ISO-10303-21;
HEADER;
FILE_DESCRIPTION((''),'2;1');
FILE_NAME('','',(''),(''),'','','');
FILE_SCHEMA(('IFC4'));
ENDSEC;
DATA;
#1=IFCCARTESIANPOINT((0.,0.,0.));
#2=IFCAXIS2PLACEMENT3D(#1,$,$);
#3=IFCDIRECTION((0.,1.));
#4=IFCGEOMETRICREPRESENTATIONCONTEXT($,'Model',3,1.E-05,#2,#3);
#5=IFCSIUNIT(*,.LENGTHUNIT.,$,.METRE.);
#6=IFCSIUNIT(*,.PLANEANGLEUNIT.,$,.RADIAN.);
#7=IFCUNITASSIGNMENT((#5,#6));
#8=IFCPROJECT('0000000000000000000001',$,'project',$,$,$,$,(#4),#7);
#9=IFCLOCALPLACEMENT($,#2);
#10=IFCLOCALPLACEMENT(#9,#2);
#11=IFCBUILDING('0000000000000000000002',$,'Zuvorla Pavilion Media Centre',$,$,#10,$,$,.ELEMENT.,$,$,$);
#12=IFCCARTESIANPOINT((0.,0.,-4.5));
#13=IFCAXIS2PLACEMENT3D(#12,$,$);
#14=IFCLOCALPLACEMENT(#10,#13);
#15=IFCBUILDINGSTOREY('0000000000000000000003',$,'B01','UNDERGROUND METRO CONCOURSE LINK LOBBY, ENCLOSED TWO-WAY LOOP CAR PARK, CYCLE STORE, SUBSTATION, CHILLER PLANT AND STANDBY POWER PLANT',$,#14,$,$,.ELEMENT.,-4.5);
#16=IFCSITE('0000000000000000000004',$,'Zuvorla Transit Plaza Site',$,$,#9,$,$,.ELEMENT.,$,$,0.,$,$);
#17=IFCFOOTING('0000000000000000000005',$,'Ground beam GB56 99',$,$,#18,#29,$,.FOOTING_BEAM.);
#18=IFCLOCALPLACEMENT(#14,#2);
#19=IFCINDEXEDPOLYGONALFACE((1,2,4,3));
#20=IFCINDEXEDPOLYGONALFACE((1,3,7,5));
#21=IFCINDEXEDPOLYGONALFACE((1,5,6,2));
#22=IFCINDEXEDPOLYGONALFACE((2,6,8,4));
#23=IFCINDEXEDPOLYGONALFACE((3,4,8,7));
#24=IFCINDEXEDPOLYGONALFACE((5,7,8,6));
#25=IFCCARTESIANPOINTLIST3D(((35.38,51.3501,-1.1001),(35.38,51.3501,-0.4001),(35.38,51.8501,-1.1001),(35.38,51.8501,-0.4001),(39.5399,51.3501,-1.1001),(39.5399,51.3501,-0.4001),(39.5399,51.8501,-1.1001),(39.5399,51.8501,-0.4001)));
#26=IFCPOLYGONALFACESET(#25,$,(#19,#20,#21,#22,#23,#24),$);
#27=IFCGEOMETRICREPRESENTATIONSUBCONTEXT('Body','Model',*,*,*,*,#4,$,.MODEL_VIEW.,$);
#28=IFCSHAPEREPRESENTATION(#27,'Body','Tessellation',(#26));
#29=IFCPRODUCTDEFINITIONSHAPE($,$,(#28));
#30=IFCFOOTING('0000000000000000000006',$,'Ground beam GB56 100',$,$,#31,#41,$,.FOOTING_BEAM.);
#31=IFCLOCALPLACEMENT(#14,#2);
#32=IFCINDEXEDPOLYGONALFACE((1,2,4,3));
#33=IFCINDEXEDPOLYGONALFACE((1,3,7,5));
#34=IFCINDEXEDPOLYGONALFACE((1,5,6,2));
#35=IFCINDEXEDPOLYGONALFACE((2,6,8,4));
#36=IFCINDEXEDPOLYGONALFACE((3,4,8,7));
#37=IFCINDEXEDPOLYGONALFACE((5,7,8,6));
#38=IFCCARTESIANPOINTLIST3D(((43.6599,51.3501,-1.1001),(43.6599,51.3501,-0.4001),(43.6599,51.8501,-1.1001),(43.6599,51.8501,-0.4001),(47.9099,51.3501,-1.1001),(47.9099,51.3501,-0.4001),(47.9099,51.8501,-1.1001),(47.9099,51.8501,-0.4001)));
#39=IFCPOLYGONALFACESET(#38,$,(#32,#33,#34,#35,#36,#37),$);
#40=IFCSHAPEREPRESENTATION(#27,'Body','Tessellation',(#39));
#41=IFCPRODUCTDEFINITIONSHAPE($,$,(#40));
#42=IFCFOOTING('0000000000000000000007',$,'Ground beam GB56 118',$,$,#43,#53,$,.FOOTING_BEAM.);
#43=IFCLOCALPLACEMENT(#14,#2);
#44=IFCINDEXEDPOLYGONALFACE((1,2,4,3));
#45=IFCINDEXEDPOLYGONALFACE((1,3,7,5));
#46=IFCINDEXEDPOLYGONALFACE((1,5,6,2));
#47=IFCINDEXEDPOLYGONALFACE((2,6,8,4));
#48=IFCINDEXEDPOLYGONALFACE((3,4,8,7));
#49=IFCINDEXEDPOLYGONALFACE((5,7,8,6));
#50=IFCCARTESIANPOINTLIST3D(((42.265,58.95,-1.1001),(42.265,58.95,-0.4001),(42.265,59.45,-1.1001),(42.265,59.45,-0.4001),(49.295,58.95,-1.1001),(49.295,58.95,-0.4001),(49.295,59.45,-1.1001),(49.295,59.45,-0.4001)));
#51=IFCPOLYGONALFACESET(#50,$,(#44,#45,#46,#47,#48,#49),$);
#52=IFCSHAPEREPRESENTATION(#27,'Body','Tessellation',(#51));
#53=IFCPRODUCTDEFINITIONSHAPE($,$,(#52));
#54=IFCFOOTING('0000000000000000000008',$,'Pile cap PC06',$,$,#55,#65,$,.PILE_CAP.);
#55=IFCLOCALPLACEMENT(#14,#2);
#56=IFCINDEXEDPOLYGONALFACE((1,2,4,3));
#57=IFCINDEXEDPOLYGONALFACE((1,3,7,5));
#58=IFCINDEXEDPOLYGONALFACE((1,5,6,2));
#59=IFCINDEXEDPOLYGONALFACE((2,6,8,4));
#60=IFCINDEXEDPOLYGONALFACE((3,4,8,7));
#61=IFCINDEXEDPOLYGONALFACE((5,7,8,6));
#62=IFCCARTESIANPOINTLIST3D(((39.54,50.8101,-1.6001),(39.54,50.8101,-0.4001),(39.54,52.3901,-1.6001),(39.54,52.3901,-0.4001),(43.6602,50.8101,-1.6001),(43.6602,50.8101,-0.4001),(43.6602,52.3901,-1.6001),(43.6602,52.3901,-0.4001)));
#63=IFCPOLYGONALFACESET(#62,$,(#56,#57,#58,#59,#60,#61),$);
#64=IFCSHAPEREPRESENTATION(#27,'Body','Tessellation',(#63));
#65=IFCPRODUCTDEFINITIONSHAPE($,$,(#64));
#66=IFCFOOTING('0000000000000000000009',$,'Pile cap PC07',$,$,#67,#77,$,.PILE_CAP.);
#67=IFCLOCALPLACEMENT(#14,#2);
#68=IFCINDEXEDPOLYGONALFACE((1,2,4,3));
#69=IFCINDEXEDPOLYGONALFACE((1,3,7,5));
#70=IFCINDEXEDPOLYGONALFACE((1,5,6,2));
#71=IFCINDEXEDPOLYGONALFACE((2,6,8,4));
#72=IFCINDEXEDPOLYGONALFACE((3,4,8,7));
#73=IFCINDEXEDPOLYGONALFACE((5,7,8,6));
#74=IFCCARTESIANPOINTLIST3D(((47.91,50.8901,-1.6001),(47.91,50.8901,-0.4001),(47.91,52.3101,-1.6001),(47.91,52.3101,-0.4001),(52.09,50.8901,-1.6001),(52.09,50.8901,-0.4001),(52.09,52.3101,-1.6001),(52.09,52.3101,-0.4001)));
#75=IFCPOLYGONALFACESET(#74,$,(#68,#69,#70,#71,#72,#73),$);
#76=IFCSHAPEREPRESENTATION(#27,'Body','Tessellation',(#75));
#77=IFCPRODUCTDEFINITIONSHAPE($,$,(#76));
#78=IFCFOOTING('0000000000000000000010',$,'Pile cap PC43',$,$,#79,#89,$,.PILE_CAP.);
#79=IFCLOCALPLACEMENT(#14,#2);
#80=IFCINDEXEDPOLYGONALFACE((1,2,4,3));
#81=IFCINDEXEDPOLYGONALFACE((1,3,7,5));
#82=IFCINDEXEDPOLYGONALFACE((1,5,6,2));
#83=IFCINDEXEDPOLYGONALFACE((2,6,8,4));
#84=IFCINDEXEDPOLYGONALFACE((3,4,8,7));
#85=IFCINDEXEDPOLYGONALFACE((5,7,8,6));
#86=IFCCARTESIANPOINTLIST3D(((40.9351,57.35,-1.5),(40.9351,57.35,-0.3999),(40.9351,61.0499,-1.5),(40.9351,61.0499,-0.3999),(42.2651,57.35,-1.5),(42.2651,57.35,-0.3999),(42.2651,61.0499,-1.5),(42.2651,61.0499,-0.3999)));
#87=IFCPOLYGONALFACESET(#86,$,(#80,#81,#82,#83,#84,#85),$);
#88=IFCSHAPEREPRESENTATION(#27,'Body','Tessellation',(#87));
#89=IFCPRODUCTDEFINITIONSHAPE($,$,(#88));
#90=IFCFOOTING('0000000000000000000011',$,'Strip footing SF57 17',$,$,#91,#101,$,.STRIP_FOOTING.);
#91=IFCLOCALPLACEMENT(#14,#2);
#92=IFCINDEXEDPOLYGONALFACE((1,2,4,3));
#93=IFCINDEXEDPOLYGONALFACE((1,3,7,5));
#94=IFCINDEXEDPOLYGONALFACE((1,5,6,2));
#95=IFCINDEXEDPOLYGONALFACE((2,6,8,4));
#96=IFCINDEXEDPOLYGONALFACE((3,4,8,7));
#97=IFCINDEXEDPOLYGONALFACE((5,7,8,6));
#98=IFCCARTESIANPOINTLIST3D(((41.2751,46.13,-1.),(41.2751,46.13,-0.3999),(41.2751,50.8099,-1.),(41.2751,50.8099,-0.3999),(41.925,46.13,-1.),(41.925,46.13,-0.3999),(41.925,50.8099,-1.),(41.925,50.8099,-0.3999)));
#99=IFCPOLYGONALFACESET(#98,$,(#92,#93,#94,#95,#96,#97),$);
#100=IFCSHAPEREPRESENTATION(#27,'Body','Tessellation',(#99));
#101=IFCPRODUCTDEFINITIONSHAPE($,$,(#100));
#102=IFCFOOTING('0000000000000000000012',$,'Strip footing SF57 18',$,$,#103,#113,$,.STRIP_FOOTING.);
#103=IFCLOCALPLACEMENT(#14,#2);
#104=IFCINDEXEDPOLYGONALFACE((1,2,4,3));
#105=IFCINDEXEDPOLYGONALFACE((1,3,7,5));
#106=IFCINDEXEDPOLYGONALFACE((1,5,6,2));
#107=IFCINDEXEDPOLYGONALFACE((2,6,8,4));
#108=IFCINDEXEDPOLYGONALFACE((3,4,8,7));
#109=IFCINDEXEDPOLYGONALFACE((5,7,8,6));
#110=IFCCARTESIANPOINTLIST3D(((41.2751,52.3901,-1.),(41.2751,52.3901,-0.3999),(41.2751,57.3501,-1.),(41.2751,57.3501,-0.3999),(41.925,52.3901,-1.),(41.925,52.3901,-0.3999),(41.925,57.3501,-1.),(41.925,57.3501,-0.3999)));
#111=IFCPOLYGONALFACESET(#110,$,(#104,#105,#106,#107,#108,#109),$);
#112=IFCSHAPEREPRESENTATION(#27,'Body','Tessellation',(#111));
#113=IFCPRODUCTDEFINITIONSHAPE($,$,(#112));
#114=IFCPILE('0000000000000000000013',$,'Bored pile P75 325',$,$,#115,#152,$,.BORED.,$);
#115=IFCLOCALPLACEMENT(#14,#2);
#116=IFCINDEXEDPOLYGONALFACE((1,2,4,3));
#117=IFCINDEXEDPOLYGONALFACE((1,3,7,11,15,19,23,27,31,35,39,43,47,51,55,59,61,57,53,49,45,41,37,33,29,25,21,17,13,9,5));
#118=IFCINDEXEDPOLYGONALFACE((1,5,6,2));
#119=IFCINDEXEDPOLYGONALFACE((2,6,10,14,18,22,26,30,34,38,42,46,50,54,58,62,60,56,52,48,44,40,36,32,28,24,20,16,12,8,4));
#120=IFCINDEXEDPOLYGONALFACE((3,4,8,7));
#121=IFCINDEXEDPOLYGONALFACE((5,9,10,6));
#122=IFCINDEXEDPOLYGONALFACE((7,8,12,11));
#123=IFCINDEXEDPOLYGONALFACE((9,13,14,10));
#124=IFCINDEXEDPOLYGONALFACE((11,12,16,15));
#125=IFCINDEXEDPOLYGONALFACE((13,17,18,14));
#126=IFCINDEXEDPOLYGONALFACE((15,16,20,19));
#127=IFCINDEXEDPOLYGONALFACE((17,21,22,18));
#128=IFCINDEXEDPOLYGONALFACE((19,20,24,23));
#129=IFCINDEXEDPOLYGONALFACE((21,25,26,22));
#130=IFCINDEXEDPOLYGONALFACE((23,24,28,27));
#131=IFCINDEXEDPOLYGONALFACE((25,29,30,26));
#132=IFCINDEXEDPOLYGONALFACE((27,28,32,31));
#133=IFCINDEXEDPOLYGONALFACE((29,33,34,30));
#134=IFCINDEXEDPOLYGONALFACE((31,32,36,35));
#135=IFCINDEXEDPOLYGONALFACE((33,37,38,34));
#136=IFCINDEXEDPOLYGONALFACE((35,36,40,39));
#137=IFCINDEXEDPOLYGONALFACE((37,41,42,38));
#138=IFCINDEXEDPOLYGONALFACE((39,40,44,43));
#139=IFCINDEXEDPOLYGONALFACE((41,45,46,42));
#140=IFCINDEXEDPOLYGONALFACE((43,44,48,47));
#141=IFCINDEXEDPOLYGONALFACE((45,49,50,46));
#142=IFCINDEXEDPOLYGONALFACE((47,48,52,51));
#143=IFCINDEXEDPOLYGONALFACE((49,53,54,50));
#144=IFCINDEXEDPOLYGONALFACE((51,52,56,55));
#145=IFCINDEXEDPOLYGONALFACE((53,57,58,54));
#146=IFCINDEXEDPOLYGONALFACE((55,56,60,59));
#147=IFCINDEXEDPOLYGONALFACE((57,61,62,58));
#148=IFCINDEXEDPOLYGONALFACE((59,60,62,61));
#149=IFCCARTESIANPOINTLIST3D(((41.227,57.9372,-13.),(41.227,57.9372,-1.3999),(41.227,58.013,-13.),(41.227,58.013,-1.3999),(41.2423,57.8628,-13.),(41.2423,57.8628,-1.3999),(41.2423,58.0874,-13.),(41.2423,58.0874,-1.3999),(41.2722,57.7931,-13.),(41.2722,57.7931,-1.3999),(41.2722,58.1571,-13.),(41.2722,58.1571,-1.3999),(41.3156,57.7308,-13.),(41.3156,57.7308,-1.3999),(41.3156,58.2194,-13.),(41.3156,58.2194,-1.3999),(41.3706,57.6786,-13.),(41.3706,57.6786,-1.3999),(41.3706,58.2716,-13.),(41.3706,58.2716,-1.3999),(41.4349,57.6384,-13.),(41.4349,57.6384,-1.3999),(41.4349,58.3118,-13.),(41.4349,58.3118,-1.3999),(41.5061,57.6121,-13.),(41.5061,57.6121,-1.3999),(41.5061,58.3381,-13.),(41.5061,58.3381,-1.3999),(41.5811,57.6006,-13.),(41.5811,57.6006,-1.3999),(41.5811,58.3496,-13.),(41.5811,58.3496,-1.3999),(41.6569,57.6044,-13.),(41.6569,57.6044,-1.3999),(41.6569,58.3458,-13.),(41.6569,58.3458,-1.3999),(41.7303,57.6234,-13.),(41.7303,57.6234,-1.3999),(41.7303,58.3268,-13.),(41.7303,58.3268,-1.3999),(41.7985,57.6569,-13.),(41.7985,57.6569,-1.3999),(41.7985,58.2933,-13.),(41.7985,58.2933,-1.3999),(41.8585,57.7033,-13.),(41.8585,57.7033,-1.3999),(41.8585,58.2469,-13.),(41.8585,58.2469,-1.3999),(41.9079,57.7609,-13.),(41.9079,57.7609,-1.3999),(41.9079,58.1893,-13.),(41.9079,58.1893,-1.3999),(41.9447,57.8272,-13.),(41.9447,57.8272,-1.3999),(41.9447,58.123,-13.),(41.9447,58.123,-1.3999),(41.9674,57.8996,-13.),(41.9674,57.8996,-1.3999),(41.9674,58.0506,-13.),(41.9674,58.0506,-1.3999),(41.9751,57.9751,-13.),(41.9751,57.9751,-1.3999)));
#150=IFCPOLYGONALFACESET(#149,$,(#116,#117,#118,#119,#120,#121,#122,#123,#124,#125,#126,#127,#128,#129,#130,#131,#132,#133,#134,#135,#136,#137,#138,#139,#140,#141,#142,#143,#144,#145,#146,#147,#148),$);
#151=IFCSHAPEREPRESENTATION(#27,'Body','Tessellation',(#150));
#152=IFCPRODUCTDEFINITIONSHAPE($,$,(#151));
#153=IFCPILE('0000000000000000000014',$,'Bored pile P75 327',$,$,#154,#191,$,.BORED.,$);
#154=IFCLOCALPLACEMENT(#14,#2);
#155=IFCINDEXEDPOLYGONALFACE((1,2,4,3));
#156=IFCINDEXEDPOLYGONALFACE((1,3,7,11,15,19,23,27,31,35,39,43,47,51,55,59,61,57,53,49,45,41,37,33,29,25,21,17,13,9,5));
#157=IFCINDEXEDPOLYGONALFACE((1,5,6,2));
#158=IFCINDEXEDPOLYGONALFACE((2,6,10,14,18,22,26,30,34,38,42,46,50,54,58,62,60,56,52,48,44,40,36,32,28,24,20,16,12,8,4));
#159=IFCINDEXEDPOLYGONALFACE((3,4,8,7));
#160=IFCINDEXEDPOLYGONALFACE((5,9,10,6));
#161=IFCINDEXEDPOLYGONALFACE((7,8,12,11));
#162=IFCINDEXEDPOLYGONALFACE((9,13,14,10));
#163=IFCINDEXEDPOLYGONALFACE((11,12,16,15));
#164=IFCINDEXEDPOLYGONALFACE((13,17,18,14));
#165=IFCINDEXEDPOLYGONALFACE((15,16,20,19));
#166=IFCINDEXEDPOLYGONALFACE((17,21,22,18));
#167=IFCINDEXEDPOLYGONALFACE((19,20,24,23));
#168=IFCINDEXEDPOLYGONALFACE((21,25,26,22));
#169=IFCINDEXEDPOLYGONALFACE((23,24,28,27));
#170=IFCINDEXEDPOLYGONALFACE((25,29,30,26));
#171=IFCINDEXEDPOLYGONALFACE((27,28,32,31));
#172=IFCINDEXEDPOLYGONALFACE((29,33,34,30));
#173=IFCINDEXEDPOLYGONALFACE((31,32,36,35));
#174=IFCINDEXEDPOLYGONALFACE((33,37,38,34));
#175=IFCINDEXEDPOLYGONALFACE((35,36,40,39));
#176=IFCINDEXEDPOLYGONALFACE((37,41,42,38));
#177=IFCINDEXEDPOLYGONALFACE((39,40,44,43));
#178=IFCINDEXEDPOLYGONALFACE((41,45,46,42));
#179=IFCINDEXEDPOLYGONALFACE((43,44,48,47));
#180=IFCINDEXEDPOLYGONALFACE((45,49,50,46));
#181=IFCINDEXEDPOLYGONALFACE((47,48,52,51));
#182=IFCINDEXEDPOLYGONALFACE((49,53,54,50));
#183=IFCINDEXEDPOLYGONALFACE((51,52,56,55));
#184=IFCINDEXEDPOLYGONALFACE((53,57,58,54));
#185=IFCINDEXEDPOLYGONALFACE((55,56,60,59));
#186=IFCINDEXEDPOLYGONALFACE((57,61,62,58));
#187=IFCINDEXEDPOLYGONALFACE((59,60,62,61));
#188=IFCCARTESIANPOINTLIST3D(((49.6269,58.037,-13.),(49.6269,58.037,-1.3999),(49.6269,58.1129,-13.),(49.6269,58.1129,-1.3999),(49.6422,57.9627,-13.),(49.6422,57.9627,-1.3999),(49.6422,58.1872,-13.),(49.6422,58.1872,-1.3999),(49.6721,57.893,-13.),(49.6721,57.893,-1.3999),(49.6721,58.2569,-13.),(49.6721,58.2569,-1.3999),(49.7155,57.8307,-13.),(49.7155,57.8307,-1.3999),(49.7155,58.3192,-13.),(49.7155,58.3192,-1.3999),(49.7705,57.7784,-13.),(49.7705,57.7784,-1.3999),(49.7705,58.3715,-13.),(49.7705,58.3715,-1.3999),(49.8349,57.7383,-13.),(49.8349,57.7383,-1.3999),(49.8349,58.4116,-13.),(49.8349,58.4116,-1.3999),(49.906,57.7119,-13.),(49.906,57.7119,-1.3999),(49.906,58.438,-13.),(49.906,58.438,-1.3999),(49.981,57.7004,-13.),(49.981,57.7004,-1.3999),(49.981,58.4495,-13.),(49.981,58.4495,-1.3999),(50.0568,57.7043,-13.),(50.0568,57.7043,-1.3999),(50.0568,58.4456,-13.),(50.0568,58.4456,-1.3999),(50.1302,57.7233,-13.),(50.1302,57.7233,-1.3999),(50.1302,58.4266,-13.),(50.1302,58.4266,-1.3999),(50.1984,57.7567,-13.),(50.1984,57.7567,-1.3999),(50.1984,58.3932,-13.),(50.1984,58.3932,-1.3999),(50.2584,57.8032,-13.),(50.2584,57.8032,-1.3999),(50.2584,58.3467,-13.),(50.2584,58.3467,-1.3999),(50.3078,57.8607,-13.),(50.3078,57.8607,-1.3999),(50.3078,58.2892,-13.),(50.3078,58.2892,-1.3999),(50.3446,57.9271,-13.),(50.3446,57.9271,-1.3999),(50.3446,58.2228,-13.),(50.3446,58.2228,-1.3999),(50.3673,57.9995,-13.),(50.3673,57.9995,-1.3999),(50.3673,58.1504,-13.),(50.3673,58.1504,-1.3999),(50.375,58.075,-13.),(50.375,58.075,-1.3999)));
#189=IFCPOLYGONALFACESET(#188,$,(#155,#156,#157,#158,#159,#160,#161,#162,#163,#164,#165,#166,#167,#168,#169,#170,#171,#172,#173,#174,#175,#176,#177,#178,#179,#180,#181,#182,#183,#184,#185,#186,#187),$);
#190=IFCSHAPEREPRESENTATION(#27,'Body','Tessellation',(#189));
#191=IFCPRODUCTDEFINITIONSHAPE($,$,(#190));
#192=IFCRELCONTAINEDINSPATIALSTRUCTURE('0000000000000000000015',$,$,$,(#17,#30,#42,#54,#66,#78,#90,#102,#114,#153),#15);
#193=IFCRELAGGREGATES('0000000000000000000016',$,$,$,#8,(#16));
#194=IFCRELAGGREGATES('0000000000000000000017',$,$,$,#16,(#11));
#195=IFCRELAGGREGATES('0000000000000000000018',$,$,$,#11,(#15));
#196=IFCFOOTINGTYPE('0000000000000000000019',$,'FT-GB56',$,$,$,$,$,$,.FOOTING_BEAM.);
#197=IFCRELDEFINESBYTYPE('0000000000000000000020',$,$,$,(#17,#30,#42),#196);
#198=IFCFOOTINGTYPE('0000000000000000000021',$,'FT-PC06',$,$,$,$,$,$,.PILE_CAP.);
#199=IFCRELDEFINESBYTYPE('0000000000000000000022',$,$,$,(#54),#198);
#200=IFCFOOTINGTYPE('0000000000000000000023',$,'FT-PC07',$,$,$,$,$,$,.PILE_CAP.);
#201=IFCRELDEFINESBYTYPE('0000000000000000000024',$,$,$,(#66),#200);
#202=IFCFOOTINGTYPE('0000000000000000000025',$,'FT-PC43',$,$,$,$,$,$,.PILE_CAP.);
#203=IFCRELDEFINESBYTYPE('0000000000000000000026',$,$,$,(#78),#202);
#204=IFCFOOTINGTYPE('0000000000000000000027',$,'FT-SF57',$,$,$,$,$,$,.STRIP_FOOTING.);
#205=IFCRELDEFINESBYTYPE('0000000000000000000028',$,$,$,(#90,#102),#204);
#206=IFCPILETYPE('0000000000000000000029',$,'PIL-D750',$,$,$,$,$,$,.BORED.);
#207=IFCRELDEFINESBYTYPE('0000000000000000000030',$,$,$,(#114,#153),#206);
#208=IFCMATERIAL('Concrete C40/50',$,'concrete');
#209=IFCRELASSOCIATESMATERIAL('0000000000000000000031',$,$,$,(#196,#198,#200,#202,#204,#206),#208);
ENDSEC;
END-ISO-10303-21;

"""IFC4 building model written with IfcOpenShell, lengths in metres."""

from ifc_helpers import new_model, si_unit, direction, frame, origin, origin_2d, place, context, subcontext, project, spatial, rectangle, circle, extrude, material, material_profile, profile_set, type_object, element, save


model = new_model("IFC4")

# Units and contexts
model_context = context("Model", 3, precision=1e-05, world=origin(), true_north=direction((0.0, 1.0)))
body_context = subcontext(model_context, "Body", "Model", "MODEL_VIEW")
ifc_project = project(units=[si_unit("LENGTHUNIT", "METRE"), si_unit("PLANEANGLEUNIT", "RADIAN")], contexts=[model_context])

# Site, building, storey
site_placement = place(None, origin())
site = spatial("IfcSite", under=ifc_project, at=site_placement, Name="Zuvorla Transit Plaza Site", CompositionType="ELEMENT", RefElevation=0.0)
building_placement = place(site_placement, origin())
building = spatial("IfcBuilding", under=site, at=building_placement, Name="Zuvorla Pavilion Media Centre", CompositionType="ELEMENT")
storey_placement = place(building_placement, frame((0.0, 0.0, -4.5)))
storey = spatial("IfcBuildingStorey", under=building, at=storey_placement, Name="B01", Description="UNDERGROUND METRO CONCOURSE LINK LOBBY, ENCLOSED TWO-WAY LOOP CAR PARK, CYCLE STORE, SUBSTATION, CHILLER PLANT AND STANDBY POWER PLANT", CompositionType="ELEMENT", Elevation=-4.5)

# Footings
ifc_material_1 = material(Name="Concrete C40/50", Category="concrete")
footing_type_1 = type_object("IfcFootingType", Name="FT-GB56", PredefinedType="FOOTING_BEAM", material=ifc_material_1)
footing_1_placement = place(storey_placement, frame((37.46, 51.6001, -1.1001), z_axis=(0.0, 0.0, 1.0), x_axis=(1.0, 0.0, 0.0)))
element("IfcFooting", 1, at=footing_1_placement, inside=storey, type_object=footing_type_1, Name="Ground beam GB56 99", PredefinedType="FOOTING_BEAM", context=body_context, shape_type="SweptSolid", body=[
    extrude(rectangle(XDim=4.1599, YDim=0.5, at=origin_2d()), origin(), (0.0, 0.0, 1.0), 0.7),
])
footing_2_placement = place(storey_placement, frame((45.7849, 51.6001, -1.1001), z_axis=(0.0, 0.0, 1.0), x_axis=(1.0, 0.0, 0.0)))
element("IfcFooting", 2, at=footing_2_placement, inside=storey, type_object=footing_type_1, Name="Ground beam GB56 100", PredefinedType="FOOTING_BEAM", context=body_context, shape_type="SweptSolid", body=[
    extrude(rectangle(XDim=4.25, YDim=0.5, at=origin_2d()), origin(), (0.0, 0.0, 1.0), 0.7),
])
footing_3_placement = place(storey_placement, frame((45.78, 59.2, -1.1001), z_axis=(0.0, 0.0, 1.0), x_axis=(1.0, 0.0, 0.0)))
element("IfcFooting", 3, at=footing_3_placement, inside=storey, type_object=footing_type_1, Name="Ground beam GB56 118", PredefinedType="FOOTING_BEAM", context=body_context, shape_type="SweptSolid", body=[
    extrude(rectangle(XDim=7.03, YDim=0.5, at=origin_2d()), origin(), (0.0, 0.0, 1.0), 0.7),
])
footing_type_2 = type_object("IfcFootingType", Name="FT-PC06", PredefinedType="PILE_CAP", material=ifc_material_1)
footing_4_placement = place(storey_placement, frame((41.6001, 51.6001, -1.6001), z_axis=(0.0, 0.0, 1.0), x_axis=(1.0, 0.0, 0.0)))
element("IfcFooting", 4, at=footing_4_placement, inside=storey, type_object=footing_type_2, Name="Pile cap PC06", PredefinedType="PILE_CAP", context=body_context, shape_type="SweptSolid", body=[
    extrude(rectangle(XDim=4.1201, YDim=1.5801, at=origin_2d()), origin(), (0.0, 0.0, 1.0), 1.2),
])
footing_type_3 = type_object("IfcFootingType", Name="FT-PC07", PredefinedType="PILE_CAP", material=ifc_material_1)
footing_5_placement = place(storey_placement, frame((50.0, 51.6001, -1.6001), z_axis=(0.0, 0.0, 1.0), x_axis=(1.0, 0.0, 0.0)))
element("IfcFooting", 5, at=footing_5_placement, inside=storey, type_object=footing_type_3, Name="Pile cap PC07", PredefinedType="PILE_CAP", context=body_context, shape_type="SweptSolid", body=[
    extrude(rectangle(XDim=4.1799, YDim=1.4199, at=origin_2d()), origin(), (0.0, 0.0, 1.0), 1.2),
])
footing_type_4 = type_object("IfcFootingType", Name="FT-PC43", PredefinedType="PILE_CAP", material=ifc_material_1)
footing_6_placement = place(storey_placement, frame((41.6001, 59.2, -1.5), z_axis=(0.0, 0.0, 1.0), x_axis=(1.0, 0.0, 0.0)))
element("IfcFooting", 6, at=footing_6_placement, inside=storey, type_object=footing_type_4, Name="Pile cap PC43", PredefinedType="PILE_CAP", context=body_context, shape_type="SweptSolid", body=[
    extrude(rectangle(XDim=1.3301, YDim=3.7, at=origin_2d()), origin(), (0.0, 0.0, 1.0), 1.1001),
])
footing_type_5 = type_object("IfcFootingType", Name="FT-SF57", PredefinedType="STRIP_FOOTING", material=ifc_material_1)
footing_7_placement = place(storey_placement, frame((41.6001, 48.47, -1.0), z_axis=(0.0, 0.0, 1.0), x_axis=(0.0, 1.0, 0.0)))
element("IfcFooting", 7, at=footing_7_placement, inside=storey, type_object=footing_type_5, Name="Strip footing SF57 17", PredefinedType="STRIP_FOOTING", context=body_context, shape_type="SweptSolid", body=[
    extrude(rectangle(XDim=4.6799, YDim=0.6499, at=origin_2d()), origin(), (0.0, 0.0, 1.0), 0.6001),
])
footing_8_placement = place(storey_placement, frame((41.6001, 54.8701, -1.0), z_axis=(0.0, 0.0, 1.0), x_axis=(0.0, 1.0, 0.0)))
element("IfcFooting", 8, at=footing_8_placement, inside=storey, type_object=footing_type_5, Name="Strip footing SF57 18", PredefinedType="STRIP_FOOTING", context=body_context, shape_type="SweptSolid", body=[
    extrude(rectangle(XDim=4.96, YDim=0.6499, at=origin_2d()), origin(), (0.0, 0.0, 1.0), 0.6001),
])

# Piles
ifc_material_profile_1 = material_profile(ifc_material_1, circle(Radius=0.375, at=origin_2d()), Name="BORED PILE 750")
ifc_profile_set_1 = profile_set([ifc_material_profile_1], Name="Concrete C40/50")
pile_type_1 = type_object("IfcPileType", Name="PIL-D750", PredefinedType="BORED", material=ifc_profile_set_1)
for number, where, z_axis, x_axis, name in (
    (9, (41.6001, 57.9751, -1.3999), (0.0, 0.0, -1.0), (1.0, 0.0, 0.0), "Bored pile P75 325"),
    (10, (50.0, 58.075, -1.3999), (0.0, 0.0, -1.0), (1.0, 0.0, 0.0), "Bored pile P75 327"),
):
    element("IfcPile", number, at=place(storey_placement, frame(where, z_axis=z_axis, x_axis=x_axis)), inside=storey, type_object=pile_type_1, Name=name, PredefinedType="BORED", context=body_context, shape_type="SweptSolid", body=[
        extrude(circle(Radius=0.375, at=origin_2d()), origin(), (0.0, 0.0, 1.0), 11.6001),
    ])

save(model, "model.ifc")
